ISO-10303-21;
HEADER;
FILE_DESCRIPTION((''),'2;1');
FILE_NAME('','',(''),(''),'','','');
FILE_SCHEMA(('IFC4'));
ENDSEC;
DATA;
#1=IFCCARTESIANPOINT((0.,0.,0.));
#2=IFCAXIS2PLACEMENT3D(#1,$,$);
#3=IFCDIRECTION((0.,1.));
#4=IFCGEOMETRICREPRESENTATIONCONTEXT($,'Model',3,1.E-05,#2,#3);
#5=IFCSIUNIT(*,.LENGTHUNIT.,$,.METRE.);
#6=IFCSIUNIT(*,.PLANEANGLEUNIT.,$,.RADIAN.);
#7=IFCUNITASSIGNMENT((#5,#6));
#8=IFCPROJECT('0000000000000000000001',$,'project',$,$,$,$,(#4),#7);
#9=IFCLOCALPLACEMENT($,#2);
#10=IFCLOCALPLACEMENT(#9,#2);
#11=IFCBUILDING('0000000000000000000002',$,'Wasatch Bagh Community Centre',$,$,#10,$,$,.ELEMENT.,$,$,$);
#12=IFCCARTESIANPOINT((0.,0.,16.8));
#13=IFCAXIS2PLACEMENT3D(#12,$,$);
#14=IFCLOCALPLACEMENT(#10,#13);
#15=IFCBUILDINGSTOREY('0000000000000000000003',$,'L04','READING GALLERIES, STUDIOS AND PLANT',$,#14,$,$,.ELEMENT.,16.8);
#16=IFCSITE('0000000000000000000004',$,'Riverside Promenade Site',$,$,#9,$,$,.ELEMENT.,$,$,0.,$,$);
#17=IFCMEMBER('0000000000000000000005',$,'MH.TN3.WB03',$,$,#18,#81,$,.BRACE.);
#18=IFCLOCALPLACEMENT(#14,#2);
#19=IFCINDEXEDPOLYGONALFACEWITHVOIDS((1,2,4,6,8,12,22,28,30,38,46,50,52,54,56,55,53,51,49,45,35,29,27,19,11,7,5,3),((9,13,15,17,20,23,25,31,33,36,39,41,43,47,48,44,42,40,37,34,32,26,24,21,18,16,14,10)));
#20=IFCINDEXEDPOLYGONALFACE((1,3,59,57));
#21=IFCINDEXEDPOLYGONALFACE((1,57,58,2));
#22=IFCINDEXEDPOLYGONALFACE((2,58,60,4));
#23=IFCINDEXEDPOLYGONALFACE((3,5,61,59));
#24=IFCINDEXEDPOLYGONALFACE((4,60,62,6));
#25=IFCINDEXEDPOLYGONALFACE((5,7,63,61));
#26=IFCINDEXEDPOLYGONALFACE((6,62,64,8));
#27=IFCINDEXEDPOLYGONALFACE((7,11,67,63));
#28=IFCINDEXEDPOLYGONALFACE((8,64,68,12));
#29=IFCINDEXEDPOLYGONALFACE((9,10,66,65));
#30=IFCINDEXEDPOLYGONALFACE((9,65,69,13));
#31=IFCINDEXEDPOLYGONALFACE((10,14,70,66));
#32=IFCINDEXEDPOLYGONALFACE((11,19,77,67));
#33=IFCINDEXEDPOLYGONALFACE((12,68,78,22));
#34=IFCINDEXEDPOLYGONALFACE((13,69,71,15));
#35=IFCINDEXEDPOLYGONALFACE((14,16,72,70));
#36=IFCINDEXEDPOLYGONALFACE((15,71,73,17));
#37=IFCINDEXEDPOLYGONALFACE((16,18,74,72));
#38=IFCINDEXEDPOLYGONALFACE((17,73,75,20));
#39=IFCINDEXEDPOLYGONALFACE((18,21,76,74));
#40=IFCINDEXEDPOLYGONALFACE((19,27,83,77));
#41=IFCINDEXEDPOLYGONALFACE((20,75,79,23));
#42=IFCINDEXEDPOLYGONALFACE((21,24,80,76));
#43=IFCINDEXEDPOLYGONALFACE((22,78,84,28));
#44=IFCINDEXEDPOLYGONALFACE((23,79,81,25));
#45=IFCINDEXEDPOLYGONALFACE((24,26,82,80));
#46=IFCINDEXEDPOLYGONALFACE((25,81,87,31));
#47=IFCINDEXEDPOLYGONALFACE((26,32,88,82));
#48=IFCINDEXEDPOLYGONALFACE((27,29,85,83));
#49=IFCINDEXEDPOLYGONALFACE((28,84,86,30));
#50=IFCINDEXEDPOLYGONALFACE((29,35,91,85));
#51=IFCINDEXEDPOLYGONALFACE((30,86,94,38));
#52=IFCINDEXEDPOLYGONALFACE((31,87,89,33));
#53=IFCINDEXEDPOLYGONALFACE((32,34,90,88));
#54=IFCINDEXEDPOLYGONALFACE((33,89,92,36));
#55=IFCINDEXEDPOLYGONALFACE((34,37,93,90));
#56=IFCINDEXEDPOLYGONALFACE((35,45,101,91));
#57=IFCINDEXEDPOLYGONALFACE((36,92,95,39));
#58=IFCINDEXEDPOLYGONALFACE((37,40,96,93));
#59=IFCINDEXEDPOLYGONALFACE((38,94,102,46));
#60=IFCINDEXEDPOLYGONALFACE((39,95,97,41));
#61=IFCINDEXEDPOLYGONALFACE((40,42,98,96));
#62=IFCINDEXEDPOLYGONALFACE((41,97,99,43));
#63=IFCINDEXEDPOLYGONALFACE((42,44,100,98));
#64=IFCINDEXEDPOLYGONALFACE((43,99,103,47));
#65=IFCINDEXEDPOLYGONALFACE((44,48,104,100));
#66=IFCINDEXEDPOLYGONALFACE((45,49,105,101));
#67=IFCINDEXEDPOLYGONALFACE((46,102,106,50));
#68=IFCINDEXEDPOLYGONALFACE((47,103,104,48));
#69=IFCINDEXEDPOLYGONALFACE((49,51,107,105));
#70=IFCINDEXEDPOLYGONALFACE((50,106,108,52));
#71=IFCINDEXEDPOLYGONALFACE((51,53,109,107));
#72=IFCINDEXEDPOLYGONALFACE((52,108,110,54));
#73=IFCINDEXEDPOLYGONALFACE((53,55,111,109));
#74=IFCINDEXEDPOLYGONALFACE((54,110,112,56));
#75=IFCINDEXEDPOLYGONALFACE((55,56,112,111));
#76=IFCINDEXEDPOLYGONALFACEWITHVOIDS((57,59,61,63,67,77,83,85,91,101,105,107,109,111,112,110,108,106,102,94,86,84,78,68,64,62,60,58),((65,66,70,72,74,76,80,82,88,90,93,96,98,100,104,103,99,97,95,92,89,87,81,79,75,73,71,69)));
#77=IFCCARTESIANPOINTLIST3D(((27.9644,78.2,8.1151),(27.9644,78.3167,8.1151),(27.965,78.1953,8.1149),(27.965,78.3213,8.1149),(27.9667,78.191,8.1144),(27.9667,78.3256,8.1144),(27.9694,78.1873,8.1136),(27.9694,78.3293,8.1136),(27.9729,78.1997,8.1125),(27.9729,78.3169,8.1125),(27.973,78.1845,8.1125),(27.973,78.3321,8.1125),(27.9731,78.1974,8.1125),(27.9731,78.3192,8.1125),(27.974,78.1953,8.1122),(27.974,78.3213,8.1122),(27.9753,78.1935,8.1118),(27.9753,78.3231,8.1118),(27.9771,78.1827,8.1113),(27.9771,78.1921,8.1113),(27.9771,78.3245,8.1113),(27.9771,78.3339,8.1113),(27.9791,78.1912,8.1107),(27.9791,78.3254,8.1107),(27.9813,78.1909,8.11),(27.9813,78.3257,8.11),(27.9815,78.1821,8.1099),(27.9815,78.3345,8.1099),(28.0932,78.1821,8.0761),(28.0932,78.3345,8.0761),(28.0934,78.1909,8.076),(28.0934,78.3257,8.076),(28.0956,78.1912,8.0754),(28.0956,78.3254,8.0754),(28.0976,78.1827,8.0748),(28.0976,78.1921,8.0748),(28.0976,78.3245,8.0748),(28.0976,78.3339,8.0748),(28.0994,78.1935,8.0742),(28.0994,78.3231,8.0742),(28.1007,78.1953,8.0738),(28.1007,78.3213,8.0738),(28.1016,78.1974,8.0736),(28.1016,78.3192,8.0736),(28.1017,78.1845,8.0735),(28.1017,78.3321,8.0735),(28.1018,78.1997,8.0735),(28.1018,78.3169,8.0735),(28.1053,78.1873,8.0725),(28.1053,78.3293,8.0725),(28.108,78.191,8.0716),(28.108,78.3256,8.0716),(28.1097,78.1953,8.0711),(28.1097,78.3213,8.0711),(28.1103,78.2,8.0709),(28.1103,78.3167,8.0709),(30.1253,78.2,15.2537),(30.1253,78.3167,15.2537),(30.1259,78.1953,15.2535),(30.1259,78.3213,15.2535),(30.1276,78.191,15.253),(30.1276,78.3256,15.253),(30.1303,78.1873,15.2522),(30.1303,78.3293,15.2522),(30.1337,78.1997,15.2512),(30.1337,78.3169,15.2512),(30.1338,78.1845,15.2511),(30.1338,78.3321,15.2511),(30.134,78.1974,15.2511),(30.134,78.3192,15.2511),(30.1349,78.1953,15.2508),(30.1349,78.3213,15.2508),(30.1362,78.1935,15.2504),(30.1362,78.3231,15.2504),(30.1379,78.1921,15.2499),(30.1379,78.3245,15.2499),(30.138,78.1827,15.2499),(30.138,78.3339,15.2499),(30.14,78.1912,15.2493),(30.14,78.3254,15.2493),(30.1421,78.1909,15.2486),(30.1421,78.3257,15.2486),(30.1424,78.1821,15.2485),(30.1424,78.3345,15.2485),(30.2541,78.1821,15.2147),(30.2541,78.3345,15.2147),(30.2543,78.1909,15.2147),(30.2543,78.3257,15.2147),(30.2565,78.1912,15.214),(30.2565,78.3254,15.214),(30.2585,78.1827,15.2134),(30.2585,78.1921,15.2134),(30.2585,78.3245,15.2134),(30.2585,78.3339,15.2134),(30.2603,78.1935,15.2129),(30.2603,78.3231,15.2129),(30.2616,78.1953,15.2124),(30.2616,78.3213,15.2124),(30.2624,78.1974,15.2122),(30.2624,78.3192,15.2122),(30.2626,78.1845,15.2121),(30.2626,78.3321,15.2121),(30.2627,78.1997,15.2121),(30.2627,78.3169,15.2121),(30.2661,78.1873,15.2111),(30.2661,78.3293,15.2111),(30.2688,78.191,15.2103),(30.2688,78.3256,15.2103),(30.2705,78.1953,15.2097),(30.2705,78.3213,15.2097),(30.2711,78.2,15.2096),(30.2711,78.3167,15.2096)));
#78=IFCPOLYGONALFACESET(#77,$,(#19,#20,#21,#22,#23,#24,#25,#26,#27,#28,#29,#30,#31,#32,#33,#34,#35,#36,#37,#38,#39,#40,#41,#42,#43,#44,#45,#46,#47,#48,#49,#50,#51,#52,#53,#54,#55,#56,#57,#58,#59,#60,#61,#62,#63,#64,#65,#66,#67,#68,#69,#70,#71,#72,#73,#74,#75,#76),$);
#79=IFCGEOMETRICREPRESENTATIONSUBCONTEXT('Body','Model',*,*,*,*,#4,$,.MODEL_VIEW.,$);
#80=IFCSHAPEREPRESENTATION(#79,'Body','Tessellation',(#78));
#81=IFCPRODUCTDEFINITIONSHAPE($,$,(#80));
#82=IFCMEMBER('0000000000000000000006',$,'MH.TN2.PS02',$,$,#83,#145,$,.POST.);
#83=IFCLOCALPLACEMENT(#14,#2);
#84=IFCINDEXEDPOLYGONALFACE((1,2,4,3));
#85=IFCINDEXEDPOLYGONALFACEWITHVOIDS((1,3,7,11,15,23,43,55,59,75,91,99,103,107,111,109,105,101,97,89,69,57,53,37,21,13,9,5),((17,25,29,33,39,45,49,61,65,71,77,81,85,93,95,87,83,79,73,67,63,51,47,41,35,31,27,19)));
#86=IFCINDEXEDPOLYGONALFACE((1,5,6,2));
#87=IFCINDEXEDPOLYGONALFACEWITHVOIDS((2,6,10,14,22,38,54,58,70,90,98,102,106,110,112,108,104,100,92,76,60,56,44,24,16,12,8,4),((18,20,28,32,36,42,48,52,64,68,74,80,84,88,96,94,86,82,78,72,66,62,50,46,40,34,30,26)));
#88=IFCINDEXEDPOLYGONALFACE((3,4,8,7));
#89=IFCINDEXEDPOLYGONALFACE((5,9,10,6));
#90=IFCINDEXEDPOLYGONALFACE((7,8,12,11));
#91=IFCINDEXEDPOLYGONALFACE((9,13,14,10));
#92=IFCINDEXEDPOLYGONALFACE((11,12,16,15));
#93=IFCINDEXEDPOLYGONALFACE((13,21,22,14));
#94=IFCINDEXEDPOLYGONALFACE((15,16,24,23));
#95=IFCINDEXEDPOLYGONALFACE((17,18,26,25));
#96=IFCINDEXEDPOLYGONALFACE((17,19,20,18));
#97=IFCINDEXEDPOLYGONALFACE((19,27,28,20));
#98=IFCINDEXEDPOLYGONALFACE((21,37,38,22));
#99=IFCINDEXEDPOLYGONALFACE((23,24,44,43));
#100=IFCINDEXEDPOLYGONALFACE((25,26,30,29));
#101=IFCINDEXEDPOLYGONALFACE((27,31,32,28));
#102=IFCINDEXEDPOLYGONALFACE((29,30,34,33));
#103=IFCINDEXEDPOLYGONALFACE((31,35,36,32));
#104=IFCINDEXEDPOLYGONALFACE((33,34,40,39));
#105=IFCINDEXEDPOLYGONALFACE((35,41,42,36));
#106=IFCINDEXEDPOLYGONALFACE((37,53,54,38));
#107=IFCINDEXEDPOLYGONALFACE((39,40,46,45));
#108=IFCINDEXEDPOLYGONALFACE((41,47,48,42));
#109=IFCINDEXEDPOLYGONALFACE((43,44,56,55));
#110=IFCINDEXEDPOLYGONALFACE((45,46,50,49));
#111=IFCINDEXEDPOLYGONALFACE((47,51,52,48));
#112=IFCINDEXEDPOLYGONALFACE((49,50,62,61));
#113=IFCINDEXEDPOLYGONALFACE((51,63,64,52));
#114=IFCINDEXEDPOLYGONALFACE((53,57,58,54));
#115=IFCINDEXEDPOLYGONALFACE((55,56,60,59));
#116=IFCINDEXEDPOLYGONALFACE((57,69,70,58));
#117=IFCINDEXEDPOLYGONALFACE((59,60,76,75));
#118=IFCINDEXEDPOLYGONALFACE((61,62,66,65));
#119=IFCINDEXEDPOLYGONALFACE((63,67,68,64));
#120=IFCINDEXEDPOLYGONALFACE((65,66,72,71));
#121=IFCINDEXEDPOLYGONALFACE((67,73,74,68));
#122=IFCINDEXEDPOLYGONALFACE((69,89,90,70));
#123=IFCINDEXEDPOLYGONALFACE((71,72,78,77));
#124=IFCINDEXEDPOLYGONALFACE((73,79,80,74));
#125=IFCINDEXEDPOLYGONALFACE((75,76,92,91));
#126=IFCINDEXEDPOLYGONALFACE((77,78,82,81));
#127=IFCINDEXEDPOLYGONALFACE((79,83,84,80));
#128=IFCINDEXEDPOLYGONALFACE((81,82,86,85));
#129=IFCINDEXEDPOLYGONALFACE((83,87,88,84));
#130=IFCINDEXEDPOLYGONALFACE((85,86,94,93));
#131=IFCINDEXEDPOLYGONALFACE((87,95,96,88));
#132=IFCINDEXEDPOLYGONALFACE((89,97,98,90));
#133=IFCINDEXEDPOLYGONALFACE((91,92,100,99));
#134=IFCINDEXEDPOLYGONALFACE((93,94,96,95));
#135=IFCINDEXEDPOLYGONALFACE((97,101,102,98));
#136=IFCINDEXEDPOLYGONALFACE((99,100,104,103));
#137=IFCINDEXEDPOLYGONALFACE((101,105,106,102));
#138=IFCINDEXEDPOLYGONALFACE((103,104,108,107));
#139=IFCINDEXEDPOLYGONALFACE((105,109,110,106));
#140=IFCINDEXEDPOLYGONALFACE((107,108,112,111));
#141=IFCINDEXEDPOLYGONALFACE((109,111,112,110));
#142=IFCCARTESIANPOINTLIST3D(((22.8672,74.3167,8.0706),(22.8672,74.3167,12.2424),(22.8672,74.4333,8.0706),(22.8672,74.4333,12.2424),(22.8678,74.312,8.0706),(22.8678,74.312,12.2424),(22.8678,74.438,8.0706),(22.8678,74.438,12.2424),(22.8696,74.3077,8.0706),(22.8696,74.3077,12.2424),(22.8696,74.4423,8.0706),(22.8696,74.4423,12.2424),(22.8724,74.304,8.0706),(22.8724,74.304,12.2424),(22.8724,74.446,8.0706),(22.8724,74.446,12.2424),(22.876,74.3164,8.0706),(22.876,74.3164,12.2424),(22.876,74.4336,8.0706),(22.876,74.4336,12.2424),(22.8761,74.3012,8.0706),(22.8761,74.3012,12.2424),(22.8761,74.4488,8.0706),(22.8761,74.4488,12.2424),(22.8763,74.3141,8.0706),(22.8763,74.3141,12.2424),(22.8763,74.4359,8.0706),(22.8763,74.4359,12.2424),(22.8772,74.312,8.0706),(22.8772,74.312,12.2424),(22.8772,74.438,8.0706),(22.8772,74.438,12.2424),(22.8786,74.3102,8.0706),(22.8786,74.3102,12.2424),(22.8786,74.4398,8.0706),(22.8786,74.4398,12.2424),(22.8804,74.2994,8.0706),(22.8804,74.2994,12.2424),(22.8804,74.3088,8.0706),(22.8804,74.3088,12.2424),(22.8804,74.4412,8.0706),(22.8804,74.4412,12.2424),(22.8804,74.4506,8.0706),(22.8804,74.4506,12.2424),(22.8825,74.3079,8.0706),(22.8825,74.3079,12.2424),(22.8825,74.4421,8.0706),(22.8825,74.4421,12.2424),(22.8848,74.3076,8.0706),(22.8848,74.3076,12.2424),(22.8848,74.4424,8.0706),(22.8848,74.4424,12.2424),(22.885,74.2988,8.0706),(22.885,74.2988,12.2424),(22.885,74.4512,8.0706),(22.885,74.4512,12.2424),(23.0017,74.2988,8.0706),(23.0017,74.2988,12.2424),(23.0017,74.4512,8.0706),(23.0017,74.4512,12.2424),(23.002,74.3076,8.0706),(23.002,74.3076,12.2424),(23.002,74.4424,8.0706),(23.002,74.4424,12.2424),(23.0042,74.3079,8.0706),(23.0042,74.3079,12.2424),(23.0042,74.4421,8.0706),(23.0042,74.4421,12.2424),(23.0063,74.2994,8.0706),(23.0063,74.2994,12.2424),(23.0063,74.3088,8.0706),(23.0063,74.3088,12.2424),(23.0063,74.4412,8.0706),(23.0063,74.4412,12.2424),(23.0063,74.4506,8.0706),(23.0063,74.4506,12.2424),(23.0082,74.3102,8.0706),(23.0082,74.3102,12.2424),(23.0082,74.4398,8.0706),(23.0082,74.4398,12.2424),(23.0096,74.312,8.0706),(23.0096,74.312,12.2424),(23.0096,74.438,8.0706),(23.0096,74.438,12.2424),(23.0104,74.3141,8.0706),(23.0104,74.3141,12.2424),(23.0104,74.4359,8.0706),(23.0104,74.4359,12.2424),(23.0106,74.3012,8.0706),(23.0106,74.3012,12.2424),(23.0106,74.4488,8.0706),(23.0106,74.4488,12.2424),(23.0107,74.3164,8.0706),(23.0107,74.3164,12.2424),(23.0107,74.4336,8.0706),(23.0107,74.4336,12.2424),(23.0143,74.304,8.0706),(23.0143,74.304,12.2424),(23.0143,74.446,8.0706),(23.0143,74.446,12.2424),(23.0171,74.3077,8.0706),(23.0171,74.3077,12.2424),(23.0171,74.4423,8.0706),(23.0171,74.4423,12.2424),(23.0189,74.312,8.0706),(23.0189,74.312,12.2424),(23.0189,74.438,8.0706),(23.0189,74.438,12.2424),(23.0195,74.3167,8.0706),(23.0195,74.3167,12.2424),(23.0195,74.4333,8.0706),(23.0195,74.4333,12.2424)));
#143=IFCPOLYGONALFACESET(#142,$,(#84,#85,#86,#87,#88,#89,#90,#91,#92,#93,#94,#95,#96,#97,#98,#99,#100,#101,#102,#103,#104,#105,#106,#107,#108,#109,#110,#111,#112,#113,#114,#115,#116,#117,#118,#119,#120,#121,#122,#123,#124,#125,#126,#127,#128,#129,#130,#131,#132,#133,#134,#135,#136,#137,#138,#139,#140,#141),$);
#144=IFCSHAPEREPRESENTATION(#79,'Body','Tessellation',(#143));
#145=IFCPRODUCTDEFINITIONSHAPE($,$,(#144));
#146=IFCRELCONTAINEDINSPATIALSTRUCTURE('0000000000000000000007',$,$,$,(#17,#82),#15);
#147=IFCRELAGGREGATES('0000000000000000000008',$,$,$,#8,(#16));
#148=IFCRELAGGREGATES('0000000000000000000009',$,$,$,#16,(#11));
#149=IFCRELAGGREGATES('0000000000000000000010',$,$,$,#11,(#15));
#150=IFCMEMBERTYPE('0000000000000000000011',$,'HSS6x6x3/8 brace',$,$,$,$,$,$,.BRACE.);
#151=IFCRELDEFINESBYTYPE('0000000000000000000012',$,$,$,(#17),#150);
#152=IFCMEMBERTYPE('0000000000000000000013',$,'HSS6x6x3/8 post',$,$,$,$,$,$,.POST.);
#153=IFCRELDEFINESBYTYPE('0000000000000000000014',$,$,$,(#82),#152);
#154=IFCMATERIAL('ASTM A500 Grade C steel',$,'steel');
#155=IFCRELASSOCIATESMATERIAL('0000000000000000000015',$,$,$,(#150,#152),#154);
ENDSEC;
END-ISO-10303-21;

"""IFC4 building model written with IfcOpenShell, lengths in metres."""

from ifc_helpers import new_model, si_unit, direction, frame, origin, origin_2d, place, context, subcontext, project, spatial, hollow_rectangle, extrude, material, material_profile, profile_set, type_object, element, save


model = new_model("IFC4")

# Units and contexts
model_context = context("Model", 3, precision=1e-05, world=origin(), true_north=direction((0.0, 1.0)))
body_context = subcontext(model_context, "Body", "Model", "MODEL_VIEW")
ifc_project = project(units=[si_unit("LENGTHUNIT", "METRE"), si_unit("PLANEANGLEUNIT", "RADIAN")], contexts=[model_context])

# Site, building, storey
site_placement = place(None, origin())
site = spatial("IfcSite", under=ifc_project, at=site_placement, Name="Riverside Promenade Site", CompositionType="ELEMENT", RefElevation=0.0)
building_placement = place(site_placement, origin())
building = spatial("IfcBuilding", under=site, at=building_placement, Name="Wasatch Bagh Community Centre", CompositionType="ELEMENT")
storey_placement = place(building_placement, frame((0.0, 0.0, 16.8)))
storey = spatial("IfcBuildingStorey", under=building, at=storey_placement, Name="L04", Description="READING GALLERIES, STUDIOS AND PLANT", CompositionType="ELEMENT", Elevation=16.8)

# Members
ifc_material_1 = material(Name="ASTM A500 Grade C steel", Category="steel")
ifc_material_profile_1 = material_profile(ifc_material_1, hollow_rectangle(XDim=0.1523, YDim=0.1523, WallThickness=0.0088, InnerFilletRadius=0.0088, OuterFilletRadius=0.0178, at=origin_2d()), Name="HSS6x6x3/8")
ifc_profile_set_1 = profile_set([ifc_material_profile_1], Name="ASTM A500 Grade C steel")
member_type_1 = type_object("IfcMemberType", Name="HSS6x6x3/8 brace", PredefinedType="BRACE", material=ifc_profile_set_1)
member_1_placement = place(storey_placement, frame((28.0374, 78.2583, 8.093), z_axis=(0.289719, 0.0, 0.957112), x_axis=(0.0, 1.0, 0.0)))
element("IfcMember", 1, at=member_1_placement, inside=storey, type_object=member_type_1, Name="MH.TN3.WB03", PredefinedType="BRACE", context=body_context, shape_type="SweptSolid", body=[
    extrude(hollow_rectangle(XDim=0.1523, YDim=0.1523, WallThickness=0.0088, InnerFilletRadius=0.0088, OuterFilletRadius=0.0178, at=origin_2d()), origin(), (0.0, 0.0, 1.0), 7.4585),
])
ifc_material_profile_2 = material_profile(ifc_material_1, hollow_rectangle(XDim=0.1523, YDim=0.1523, WallThickness=0.0088, InnerFilletRadius=0.0088, OuterFilletRadius=0.0178, at=origin_2d()), Name="HSS6x6x3/8")
ifc_profile_set_2 = profile_set([ifc_material_profile_2], Name="ASTM A500 Grade C steel")
member_type_2 = type_object("IfcMemberType", Name="HSS6x6x3/8 post", PredefinedType="POST", material=ifc_profile_set_2)
member_2_placement = place(storey_placement, frame((22.9434, 74.375, 8.0706), z_axis=(0.0, 0.0, 1.0), x_axis=(1.0, 0.0, 0.0)))
element("IfcMember", 2, at=member_2_placement, inside=storey, type_object=member_type_2, Name="MH.TN2.PS02", PredefinedType="POST", context=body_context, shape_type="SweptSolid", body=[
    extrude(hollow_rectangle(XDim=0.1523, YDim=0.1523, WallThickness=0.0088, InnerFilletRadius=0.0088, OuterFilletRadius=0.0178, at=origin_2d()), origin(), (0.0, 0.0, 1.0), 4.1719),
])

save(model, "model.ifc")
